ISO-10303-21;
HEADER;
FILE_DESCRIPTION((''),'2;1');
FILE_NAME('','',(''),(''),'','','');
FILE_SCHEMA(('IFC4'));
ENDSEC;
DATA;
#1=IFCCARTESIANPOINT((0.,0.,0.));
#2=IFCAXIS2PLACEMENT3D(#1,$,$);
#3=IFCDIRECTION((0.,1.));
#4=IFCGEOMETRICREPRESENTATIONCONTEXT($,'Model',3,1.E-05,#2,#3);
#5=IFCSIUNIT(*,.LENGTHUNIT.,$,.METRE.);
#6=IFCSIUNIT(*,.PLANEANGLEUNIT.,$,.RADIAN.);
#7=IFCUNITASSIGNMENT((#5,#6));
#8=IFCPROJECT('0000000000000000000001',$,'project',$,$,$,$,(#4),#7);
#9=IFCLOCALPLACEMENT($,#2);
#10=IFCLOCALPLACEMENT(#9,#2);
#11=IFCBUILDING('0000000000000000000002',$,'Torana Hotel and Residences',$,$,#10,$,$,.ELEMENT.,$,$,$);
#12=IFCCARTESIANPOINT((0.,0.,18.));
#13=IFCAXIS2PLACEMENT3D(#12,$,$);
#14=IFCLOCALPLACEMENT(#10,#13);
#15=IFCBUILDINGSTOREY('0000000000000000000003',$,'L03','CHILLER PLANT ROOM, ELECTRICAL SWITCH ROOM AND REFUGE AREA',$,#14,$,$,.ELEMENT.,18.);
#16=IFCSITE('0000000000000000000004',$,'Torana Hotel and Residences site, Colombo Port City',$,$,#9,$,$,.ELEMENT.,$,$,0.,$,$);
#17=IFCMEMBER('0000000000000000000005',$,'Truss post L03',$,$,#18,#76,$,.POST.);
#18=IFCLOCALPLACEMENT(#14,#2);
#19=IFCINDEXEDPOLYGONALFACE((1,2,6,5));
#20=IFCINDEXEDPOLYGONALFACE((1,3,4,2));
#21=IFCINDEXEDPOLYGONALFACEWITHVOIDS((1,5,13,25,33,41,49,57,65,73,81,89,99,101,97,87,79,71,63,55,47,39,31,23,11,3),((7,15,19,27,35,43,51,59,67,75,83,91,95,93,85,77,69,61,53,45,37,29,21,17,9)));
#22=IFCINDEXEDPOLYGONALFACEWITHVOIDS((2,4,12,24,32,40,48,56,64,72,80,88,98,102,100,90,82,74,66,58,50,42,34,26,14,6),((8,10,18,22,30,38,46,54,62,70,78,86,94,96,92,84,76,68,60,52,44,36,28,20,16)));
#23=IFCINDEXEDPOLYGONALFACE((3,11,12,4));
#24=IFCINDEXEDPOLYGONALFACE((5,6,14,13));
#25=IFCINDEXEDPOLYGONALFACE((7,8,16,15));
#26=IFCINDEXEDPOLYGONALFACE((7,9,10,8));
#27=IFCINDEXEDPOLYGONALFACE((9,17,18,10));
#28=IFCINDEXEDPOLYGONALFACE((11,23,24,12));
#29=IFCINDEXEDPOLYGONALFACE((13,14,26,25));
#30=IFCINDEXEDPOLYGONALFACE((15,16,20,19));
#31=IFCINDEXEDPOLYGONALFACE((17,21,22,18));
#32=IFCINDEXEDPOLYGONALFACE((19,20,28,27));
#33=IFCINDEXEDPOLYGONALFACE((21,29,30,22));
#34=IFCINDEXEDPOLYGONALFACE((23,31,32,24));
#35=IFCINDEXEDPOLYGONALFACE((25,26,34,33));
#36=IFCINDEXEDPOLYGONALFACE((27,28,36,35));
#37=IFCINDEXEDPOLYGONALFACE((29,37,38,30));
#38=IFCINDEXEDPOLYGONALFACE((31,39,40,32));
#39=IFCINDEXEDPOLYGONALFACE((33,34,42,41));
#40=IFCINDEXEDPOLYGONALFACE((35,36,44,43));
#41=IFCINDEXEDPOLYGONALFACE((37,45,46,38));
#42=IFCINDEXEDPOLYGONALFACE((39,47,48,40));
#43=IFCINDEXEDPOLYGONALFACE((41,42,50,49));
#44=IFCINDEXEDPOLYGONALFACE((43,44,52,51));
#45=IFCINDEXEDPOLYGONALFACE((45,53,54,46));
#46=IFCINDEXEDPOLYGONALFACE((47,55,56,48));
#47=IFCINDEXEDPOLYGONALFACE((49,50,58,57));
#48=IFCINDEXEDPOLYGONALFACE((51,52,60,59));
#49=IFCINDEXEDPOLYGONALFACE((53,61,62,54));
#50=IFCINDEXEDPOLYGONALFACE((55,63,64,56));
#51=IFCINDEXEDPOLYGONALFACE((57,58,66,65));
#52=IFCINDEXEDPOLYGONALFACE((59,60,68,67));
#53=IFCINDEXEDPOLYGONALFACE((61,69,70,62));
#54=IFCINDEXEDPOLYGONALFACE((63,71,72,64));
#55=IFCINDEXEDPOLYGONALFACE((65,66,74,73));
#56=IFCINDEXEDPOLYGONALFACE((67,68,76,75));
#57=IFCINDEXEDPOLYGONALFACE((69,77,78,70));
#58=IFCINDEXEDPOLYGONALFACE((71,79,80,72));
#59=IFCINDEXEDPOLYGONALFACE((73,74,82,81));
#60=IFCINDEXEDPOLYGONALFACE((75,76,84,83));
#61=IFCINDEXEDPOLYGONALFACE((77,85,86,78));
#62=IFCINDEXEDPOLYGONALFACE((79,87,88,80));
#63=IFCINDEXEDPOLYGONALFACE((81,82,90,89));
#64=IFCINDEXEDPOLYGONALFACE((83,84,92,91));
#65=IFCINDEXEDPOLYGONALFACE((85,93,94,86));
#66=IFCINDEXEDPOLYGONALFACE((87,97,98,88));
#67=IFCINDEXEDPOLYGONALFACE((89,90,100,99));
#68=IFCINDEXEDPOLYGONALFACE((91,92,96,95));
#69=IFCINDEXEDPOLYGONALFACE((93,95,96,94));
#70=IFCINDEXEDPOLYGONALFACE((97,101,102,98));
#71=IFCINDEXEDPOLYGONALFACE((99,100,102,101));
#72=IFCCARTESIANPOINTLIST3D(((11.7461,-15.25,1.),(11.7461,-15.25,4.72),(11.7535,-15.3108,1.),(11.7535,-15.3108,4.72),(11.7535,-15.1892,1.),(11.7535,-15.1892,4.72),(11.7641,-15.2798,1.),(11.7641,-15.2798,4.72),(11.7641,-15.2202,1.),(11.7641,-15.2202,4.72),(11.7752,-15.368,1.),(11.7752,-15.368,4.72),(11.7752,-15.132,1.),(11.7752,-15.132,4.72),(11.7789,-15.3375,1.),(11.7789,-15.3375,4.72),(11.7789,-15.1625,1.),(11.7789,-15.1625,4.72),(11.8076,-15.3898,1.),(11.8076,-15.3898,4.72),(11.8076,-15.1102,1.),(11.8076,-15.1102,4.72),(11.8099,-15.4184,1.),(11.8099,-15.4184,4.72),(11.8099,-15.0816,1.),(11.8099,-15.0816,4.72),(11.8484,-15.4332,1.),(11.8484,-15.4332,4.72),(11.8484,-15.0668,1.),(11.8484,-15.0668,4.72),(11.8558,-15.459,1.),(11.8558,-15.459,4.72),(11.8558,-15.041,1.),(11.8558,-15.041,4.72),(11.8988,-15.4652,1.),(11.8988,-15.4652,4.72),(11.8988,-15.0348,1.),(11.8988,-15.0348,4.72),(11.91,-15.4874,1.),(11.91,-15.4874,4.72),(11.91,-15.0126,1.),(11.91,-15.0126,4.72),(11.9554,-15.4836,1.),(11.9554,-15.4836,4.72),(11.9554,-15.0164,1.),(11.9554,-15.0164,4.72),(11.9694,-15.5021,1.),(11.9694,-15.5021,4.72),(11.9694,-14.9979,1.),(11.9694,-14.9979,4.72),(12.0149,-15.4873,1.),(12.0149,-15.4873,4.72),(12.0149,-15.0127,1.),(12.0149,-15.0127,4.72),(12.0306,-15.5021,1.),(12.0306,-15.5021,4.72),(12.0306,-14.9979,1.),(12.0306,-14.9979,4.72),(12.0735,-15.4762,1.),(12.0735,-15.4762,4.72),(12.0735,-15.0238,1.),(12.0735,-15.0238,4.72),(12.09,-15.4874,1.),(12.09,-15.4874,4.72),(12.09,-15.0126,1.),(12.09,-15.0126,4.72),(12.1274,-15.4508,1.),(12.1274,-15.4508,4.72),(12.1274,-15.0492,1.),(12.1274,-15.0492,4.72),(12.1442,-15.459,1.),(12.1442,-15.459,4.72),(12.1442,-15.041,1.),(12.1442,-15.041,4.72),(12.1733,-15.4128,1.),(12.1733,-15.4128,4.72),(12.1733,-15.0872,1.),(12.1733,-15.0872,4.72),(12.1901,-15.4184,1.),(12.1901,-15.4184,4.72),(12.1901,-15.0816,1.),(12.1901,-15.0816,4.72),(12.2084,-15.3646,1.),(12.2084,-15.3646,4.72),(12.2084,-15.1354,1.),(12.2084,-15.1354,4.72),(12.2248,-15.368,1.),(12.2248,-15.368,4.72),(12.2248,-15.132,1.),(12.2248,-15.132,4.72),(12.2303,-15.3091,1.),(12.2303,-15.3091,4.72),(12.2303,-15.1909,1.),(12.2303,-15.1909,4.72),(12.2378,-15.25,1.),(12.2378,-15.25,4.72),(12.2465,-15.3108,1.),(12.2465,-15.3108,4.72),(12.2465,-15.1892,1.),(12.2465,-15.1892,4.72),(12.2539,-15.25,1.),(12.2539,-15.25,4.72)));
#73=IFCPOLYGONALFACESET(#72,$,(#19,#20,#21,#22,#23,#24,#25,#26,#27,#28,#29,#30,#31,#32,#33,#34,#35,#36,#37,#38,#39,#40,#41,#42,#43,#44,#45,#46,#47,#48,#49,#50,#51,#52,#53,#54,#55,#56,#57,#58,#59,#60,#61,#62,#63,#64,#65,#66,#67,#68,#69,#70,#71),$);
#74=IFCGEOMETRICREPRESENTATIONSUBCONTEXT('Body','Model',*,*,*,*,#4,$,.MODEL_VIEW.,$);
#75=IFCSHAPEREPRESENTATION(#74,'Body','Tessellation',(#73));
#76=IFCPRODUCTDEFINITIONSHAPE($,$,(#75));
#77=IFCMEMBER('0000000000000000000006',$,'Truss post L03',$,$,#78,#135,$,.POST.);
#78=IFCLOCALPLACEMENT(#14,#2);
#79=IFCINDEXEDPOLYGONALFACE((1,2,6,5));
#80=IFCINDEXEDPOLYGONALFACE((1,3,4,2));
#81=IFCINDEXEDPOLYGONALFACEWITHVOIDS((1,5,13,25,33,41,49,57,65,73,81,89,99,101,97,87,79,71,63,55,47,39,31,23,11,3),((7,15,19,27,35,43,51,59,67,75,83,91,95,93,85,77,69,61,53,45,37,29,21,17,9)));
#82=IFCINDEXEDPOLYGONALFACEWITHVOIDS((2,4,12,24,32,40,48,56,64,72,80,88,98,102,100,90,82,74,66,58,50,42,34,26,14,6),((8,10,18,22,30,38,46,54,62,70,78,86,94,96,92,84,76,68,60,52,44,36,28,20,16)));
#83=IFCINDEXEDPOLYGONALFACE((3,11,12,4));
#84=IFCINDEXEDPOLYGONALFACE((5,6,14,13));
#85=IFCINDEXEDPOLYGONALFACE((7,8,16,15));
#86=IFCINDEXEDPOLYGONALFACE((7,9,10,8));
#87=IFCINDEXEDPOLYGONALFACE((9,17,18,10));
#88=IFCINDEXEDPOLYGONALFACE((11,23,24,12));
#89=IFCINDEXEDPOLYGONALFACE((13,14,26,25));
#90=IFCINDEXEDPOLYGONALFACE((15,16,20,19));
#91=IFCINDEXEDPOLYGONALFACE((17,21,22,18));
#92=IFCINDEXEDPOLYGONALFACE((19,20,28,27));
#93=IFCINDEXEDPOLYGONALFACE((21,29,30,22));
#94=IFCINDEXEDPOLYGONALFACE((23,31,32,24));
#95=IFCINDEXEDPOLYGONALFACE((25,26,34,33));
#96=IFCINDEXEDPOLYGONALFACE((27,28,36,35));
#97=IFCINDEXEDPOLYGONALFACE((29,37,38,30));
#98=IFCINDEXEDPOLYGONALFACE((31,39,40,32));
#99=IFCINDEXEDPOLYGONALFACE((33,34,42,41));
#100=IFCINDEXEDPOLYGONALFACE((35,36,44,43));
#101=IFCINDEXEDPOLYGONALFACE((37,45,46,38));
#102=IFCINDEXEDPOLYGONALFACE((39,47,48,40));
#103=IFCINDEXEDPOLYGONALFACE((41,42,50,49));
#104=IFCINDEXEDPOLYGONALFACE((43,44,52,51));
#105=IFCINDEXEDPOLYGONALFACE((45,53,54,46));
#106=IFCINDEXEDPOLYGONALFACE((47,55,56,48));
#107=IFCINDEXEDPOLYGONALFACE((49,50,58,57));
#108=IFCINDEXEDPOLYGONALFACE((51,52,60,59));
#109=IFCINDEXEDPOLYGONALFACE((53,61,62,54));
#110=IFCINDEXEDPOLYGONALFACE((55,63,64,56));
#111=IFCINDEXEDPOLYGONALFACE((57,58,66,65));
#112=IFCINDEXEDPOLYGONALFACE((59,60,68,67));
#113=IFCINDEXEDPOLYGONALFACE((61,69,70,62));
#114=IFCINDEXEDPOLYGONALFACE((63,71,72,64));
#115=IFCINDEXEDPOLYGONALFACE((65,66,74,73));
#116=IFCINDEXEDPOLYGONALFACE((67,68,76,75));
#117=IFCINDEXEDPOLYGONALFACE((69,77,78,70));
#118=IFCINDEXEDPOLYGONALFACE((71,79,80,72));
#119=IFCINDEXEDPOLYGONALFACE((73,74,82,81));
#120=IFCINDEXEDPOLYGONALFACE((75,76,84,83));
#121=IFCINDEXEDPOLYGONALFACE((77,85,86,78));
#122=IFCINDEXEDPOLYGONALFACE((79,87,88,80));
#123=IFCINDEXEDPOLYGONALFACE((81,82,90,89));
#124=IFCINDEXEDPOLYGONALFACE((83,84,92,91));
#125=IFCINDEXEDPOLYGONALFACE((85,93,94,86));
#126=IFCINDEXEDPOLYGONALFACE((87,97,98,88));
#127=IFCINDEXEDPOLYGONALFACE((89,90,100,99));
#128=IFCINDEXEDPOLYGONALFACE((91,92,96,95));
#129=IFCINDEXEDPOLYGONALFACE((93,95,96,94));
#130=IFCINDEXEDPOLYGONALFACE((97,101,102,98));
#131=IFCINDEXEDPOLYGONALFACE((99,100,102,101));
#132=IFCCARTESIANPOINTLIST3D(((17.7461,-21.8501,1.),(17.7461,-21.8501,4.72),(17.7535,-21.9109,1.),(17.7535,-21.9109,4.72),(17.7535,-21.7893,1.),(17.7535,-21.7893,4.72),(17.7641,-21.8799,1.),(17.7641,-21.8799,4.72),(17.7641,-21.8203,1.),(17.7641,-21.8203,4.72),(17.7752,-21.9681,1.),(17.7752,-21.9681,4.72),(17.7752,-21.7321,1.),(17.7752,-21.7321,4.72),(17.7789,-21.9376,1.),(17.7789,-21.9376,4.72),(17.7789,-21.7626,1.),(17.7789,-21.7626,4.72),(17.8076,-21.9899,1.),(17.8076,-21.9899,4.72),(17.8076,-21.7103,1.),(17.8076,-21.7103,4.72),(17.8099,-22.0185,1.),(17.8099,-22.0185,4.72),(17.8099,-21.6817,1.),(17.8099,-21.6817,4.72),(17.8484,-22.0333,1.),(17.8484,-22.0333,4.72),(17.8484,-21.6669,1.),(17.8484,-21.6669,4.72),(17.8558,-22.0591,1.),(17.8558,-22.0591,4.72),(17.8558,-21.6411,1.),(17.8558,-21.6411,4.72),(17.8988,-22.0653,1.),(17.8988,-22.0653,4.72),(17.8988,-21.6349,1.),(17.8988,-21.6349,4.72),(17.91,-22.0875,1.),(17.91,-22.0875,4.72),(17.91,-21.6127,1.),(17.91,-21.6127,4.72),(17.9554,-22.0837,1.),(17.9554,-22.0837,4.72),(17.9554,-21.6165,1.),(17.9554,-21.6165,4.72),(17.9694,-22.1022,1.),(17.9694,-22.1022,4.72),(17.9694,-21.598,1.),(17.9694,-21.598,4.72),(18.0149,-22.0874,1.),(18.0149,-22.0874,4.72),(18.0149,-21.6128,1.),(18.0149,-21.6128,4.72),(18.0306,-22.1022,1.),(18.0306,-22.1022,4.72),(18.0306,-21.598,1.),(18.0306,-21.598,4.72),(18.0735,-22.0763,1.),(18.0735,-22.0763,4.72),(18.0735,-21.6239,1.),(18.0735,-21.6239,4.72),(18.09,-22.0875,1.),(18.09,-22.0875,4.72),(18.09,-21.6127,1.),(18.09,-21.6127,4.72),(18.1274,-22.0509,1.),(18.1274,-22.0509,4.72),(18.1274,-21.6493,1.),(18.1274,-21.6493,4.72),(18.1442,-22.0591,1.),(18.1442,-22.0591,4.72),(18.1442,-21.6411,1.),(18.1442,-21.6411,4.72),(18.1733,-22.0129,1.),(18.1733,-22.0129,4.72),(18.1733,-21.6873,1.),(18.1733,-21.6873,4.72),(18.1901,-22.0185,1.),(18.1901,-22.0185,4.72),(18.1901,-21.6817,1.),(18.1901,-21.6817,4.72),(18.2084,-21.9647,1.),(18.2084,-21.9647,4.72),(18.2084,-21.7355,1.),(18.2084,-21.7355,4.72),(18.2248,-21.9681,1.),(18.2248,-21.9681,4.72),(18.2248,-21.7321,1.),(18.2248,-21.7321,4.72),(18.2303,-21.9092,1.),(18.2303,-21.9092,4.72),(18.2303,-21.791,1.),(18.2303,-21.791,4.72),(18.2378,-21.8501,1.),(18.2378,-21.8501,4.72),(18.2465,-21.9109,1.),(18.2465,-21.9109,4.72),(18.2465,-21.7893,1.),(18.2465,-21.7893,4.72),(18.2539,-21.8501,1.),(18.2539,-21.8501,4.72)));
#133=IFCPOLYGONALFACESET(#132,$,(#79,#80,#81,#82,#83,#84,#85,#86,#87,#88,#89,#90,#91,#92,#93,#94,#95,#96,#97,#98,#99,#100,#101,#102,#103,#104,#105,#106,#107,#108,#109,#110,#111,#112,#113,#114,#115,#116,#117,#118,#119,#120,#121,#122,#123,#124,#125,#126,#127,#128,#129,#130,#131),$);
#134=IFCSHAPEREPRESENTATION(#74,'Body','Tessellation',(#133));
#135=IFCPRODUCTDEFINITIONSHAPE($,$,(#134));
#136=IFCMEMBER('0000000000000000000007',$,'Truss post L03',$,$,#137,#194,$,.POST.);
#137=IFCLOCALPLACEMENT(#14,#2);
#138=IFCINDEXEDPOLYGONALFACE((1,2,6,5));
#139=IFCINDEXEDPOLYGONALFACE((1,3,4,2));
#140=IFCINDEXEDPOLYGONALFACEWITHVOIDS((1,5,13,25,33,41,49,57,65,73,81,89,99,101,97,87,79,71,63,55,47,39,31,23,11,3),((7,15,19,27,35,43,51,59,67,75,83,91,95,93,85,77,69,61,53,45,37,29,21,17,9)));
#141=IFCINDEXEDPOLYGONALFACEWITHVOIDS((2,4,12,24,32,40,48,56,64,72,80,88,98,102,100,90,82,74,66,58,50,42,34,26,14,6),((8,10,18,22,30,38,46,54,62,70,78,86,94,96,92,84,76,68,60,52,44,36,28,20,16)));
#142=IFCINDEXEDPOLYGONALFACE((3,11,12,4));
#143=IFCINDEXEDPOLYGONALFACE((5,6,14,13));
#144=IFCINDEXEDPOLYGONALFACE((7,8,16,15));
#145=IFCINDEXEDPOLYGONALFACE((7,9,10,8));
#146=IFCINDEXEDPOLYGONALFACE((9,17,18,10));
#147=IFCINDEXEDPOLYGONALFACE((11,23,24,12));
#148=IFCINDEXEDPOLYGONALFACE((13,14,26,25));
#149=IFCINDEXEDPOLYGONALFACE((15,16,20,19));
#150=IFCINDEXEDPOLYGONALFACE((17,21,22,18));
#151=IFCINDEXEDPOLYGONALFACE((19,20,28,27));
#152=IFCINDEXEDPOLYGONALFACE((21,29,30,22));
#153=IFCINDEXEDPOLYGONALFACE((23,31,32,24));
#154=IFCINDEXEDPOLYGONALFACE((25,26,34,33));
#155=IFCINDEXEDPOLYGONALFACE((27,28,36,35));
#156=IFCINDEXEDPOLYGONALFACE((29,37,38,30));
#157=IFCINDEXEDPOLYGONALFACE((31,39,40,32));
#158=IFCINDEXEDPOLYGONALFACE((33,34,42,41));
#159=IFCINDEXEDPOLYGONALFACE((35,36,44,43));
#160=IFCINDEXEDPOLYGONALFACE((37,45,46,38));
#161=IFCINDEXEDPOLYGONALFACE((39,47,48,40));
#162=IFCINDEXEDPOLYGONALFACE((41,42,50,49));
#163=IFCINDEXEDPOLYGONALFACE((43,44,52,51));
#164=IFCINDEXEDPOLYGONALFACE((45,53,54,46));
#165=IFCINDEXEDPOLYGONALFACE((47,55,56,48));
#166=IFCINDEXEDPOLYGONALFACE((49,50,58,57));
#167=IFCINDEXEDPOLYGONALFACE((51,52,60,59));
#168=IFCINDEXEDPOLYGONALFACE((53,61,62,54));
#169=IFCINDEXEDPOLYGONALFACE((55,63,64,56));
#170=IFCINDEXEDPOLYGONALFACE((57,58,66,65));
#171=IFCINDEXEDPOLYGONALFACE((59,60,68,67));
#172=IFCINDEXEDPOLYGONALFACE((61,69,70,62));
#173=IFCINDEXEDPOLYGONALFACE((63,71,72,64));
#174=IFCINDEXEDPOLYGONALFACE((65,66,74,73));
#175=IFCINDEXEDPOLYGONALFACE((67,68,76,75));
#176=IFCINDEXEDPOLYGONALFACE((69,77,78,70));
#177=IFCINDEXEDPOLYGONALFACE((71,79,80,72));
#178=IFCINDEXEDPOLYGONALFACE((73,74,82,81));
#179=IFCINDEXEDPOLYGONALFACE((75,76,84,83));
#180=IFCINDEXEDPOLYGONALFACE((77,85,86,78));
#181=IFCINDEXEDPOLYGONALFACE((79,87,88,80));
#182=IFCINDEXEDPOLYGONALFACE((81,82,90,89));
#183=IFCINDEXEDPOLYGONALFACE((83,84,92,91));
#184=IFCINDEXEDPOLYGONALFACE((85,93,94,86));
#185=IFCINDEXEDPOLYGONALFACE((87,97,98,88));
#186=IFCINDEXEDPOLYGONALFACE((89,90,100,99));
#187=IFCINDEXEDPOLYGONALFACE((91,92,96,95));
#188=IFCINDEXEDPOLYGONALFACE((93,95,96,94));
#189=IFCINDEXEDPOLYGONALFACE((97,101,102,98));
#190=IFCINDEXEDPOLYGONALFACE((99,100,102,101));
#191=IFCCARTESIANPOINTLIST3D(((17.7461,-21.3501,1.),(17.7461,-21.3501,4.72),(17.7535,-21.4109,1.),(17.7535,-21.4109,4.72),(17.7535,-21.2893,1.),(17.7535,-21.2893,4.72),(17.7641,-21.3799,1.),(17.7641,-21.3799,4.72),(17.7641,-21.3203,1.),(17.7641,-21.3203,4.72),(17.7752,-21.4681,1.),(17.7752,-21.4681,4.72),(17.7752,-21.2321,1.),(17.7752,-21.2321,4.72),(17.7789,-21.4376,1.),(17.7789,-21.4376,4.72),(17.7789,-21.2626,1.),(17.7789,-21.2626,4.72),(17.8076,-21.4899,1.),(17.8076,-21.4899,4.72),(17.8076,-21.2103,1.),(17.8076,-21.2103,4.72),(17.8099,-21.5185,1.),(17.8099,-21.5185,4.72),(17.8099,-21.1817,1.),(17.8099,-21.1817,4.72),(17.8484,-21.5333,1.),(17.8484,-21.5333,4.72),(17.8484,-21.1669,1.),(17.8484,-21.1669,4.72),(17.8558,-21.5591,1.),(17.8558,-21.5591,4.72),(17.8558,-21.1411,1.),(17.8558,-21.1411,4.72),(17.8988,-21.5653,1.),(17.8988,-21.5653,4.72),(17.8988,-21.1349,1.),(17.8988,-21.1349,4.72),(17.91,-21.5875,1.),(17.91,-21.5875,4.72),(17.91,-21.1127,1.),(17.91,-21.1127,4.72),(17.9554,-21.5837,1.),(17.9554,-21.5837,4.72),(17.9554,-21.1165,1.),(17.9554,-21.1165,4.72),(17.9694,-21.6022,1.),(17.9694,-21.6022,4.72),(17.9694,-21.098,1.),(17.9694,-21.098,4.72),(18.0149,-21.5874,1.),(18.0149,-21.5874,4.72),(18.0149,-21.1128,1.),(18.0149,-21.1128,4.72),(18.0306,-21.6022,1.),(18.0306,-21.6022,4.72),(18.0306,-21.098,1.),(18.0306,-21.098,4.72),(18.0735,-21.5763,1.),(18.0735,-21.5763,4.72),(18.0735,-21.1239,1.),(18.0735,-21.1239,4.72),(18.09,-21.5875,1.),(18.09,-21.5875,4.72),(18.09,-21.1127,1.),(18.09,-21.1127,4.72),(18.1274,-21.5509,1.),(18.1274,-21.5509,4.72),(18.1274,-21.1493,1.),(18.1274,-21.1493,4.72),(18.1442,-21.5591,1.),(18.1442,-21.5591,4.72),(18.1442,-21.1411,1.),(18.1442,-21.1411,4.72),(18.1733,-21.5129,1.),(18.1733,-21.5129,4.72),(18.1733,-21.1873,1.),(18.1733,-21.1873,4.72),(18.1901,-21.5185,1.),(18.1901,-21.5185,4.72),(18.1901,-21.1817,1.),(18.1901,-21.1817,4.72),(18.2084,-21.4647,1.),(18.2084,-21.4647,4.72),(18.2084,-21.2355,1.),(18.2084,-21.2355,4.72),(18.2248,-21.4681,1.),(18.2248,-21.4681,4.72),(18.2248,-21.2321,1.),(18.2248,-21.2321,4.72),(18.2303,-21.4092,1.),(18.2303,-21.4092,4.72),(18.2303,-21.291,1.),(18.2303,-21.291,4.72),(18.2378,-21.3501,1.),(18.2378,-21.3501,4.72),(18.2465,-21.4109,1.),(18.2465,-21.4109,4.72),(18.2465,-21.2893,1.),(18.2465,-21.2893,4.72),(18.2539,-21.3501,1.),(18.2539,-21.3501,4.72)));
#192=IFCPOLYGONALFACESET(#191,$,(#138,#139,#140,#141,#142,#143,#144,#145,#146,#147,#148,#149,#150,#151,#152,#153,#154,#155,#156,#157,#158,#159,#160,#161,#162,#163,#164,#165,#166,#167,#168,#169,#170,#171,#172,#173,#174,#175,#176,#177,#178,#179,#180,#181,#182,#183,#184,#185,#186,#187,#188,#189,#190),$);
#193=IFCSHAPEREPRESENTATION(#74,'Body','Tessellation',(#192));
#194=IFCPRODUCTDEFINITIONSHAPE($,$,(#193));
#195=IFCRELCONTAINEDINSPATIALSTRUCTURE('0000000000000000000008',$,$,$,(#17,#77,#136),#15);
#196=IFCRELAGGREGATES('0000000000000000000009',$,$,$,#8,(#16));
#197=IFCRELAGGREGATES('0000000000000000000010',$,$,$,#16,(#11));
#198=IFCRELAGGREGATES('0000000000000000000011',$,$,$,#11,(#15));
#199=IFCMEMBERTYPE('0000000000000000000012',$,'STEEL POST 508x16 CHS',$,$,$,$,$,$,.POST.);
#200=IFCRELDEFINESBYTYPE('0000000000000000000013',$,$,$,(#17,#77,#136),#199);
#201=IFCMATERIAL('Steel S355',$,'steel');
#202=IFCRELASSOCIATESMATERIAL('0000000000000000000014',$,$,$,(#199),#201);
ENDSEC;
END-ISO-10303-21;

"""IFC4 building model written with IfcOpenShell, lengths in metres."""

from ifc_helpers import new_model, si_unit, direction, frame, origin, origin_2d, place, context, subcontext, project, spatial, hollow_circle, extrude, material, material_profile, profile_set, type_object, element, save


model = new_model("IFC4")

# Units and contexts
model_context = context("Model", 3, precision=1e-05, world=origin(), true_north=direction((0.0, 1.0)))
body_context = subcontext(model_context, "Body", "Model", "MODEL_VIEW")
ifc_project = project(units=[si_unit("LENGTHUNIT", "METRE"), si_unit("PLANEANGLEUNIT", "RADIAN")], contexts=[model_context])

# Site, building, storey
site_placement = place(None, origin())
site = spatial("IfcSite", under=ifc_project, at=site_placement, Name="Torana Hotel and Residences site, Colombo Port City", CompositionType="ELEMENT", RefElevation=0.0)
building_placement = place(site_placement, origin())
building = spatial("IfcBuilding", under=site, at=building_placement, Name="Torana Hotel and Residences", CompositionType="ELEMENT")
storey_placement = place(building_placement, frame((0.0, 0.0, 18.0)))
storey = spatial("IfcBuildingStorey", under=building, at=storey_placement, Name="L03", Description="CHILLER PLANT ROOM, ELECTRICAL SWITCH ROOM AND REFUGE AREA", CompositionType="ELEMENT", Elevation=18.0)

# Members
ifc_material_1 = material(Name="Steel S355", Category="steel")
ifc_material_profile_1 = material_profile(ifc_material_1, hollow_circle(Radius=0.2539, WallThickness=0.0161, at=origin_2d()), Name="508x16 CHS")
ifc_profile_set_1 = profile_set([ifc_material_profile_1], Name="Steel S355")
member_type_1 = type_object("IfcMemberType", Name="STEEL POST 508x16 CHS", PredefinedType="POST", material=ifc_profile_set_1)
for number, where, z_axis, x_axis, name in (
    (1, (12.0, -15.25, 1.0), (0.0, 0.0, 1.0), (1.0, 0.0, 0.0), "Truss post L03"),
    (2, (18.0, -21.8501, 1.0), (0.0, 0.0, 1.0), (1.0, 0.0, 0.0), "Truss post L03"),
    (3, (18.0, -21.3501, 1.0), (0.0, 0.0, 1.0), (1.0, 0.0, 0.0), "Truss post L03"),
):
    element("IfcMember", number, at=place(storey_placement, frame(where, z_axis=z_axis, x_axis=x_axis)), inside=storey, type_object=member_type_1, Name=name, PredefinedType="POST", context=body_context, shape_type="SweptSolid", body=[
        extrude(hollow_circle(Radius=0.2539, WallThickness=0.0161, at=origin_2d()), origin(), (0.0, 0.0, 1.0), 3.72),
    ])

save(model, "model.ifc")
